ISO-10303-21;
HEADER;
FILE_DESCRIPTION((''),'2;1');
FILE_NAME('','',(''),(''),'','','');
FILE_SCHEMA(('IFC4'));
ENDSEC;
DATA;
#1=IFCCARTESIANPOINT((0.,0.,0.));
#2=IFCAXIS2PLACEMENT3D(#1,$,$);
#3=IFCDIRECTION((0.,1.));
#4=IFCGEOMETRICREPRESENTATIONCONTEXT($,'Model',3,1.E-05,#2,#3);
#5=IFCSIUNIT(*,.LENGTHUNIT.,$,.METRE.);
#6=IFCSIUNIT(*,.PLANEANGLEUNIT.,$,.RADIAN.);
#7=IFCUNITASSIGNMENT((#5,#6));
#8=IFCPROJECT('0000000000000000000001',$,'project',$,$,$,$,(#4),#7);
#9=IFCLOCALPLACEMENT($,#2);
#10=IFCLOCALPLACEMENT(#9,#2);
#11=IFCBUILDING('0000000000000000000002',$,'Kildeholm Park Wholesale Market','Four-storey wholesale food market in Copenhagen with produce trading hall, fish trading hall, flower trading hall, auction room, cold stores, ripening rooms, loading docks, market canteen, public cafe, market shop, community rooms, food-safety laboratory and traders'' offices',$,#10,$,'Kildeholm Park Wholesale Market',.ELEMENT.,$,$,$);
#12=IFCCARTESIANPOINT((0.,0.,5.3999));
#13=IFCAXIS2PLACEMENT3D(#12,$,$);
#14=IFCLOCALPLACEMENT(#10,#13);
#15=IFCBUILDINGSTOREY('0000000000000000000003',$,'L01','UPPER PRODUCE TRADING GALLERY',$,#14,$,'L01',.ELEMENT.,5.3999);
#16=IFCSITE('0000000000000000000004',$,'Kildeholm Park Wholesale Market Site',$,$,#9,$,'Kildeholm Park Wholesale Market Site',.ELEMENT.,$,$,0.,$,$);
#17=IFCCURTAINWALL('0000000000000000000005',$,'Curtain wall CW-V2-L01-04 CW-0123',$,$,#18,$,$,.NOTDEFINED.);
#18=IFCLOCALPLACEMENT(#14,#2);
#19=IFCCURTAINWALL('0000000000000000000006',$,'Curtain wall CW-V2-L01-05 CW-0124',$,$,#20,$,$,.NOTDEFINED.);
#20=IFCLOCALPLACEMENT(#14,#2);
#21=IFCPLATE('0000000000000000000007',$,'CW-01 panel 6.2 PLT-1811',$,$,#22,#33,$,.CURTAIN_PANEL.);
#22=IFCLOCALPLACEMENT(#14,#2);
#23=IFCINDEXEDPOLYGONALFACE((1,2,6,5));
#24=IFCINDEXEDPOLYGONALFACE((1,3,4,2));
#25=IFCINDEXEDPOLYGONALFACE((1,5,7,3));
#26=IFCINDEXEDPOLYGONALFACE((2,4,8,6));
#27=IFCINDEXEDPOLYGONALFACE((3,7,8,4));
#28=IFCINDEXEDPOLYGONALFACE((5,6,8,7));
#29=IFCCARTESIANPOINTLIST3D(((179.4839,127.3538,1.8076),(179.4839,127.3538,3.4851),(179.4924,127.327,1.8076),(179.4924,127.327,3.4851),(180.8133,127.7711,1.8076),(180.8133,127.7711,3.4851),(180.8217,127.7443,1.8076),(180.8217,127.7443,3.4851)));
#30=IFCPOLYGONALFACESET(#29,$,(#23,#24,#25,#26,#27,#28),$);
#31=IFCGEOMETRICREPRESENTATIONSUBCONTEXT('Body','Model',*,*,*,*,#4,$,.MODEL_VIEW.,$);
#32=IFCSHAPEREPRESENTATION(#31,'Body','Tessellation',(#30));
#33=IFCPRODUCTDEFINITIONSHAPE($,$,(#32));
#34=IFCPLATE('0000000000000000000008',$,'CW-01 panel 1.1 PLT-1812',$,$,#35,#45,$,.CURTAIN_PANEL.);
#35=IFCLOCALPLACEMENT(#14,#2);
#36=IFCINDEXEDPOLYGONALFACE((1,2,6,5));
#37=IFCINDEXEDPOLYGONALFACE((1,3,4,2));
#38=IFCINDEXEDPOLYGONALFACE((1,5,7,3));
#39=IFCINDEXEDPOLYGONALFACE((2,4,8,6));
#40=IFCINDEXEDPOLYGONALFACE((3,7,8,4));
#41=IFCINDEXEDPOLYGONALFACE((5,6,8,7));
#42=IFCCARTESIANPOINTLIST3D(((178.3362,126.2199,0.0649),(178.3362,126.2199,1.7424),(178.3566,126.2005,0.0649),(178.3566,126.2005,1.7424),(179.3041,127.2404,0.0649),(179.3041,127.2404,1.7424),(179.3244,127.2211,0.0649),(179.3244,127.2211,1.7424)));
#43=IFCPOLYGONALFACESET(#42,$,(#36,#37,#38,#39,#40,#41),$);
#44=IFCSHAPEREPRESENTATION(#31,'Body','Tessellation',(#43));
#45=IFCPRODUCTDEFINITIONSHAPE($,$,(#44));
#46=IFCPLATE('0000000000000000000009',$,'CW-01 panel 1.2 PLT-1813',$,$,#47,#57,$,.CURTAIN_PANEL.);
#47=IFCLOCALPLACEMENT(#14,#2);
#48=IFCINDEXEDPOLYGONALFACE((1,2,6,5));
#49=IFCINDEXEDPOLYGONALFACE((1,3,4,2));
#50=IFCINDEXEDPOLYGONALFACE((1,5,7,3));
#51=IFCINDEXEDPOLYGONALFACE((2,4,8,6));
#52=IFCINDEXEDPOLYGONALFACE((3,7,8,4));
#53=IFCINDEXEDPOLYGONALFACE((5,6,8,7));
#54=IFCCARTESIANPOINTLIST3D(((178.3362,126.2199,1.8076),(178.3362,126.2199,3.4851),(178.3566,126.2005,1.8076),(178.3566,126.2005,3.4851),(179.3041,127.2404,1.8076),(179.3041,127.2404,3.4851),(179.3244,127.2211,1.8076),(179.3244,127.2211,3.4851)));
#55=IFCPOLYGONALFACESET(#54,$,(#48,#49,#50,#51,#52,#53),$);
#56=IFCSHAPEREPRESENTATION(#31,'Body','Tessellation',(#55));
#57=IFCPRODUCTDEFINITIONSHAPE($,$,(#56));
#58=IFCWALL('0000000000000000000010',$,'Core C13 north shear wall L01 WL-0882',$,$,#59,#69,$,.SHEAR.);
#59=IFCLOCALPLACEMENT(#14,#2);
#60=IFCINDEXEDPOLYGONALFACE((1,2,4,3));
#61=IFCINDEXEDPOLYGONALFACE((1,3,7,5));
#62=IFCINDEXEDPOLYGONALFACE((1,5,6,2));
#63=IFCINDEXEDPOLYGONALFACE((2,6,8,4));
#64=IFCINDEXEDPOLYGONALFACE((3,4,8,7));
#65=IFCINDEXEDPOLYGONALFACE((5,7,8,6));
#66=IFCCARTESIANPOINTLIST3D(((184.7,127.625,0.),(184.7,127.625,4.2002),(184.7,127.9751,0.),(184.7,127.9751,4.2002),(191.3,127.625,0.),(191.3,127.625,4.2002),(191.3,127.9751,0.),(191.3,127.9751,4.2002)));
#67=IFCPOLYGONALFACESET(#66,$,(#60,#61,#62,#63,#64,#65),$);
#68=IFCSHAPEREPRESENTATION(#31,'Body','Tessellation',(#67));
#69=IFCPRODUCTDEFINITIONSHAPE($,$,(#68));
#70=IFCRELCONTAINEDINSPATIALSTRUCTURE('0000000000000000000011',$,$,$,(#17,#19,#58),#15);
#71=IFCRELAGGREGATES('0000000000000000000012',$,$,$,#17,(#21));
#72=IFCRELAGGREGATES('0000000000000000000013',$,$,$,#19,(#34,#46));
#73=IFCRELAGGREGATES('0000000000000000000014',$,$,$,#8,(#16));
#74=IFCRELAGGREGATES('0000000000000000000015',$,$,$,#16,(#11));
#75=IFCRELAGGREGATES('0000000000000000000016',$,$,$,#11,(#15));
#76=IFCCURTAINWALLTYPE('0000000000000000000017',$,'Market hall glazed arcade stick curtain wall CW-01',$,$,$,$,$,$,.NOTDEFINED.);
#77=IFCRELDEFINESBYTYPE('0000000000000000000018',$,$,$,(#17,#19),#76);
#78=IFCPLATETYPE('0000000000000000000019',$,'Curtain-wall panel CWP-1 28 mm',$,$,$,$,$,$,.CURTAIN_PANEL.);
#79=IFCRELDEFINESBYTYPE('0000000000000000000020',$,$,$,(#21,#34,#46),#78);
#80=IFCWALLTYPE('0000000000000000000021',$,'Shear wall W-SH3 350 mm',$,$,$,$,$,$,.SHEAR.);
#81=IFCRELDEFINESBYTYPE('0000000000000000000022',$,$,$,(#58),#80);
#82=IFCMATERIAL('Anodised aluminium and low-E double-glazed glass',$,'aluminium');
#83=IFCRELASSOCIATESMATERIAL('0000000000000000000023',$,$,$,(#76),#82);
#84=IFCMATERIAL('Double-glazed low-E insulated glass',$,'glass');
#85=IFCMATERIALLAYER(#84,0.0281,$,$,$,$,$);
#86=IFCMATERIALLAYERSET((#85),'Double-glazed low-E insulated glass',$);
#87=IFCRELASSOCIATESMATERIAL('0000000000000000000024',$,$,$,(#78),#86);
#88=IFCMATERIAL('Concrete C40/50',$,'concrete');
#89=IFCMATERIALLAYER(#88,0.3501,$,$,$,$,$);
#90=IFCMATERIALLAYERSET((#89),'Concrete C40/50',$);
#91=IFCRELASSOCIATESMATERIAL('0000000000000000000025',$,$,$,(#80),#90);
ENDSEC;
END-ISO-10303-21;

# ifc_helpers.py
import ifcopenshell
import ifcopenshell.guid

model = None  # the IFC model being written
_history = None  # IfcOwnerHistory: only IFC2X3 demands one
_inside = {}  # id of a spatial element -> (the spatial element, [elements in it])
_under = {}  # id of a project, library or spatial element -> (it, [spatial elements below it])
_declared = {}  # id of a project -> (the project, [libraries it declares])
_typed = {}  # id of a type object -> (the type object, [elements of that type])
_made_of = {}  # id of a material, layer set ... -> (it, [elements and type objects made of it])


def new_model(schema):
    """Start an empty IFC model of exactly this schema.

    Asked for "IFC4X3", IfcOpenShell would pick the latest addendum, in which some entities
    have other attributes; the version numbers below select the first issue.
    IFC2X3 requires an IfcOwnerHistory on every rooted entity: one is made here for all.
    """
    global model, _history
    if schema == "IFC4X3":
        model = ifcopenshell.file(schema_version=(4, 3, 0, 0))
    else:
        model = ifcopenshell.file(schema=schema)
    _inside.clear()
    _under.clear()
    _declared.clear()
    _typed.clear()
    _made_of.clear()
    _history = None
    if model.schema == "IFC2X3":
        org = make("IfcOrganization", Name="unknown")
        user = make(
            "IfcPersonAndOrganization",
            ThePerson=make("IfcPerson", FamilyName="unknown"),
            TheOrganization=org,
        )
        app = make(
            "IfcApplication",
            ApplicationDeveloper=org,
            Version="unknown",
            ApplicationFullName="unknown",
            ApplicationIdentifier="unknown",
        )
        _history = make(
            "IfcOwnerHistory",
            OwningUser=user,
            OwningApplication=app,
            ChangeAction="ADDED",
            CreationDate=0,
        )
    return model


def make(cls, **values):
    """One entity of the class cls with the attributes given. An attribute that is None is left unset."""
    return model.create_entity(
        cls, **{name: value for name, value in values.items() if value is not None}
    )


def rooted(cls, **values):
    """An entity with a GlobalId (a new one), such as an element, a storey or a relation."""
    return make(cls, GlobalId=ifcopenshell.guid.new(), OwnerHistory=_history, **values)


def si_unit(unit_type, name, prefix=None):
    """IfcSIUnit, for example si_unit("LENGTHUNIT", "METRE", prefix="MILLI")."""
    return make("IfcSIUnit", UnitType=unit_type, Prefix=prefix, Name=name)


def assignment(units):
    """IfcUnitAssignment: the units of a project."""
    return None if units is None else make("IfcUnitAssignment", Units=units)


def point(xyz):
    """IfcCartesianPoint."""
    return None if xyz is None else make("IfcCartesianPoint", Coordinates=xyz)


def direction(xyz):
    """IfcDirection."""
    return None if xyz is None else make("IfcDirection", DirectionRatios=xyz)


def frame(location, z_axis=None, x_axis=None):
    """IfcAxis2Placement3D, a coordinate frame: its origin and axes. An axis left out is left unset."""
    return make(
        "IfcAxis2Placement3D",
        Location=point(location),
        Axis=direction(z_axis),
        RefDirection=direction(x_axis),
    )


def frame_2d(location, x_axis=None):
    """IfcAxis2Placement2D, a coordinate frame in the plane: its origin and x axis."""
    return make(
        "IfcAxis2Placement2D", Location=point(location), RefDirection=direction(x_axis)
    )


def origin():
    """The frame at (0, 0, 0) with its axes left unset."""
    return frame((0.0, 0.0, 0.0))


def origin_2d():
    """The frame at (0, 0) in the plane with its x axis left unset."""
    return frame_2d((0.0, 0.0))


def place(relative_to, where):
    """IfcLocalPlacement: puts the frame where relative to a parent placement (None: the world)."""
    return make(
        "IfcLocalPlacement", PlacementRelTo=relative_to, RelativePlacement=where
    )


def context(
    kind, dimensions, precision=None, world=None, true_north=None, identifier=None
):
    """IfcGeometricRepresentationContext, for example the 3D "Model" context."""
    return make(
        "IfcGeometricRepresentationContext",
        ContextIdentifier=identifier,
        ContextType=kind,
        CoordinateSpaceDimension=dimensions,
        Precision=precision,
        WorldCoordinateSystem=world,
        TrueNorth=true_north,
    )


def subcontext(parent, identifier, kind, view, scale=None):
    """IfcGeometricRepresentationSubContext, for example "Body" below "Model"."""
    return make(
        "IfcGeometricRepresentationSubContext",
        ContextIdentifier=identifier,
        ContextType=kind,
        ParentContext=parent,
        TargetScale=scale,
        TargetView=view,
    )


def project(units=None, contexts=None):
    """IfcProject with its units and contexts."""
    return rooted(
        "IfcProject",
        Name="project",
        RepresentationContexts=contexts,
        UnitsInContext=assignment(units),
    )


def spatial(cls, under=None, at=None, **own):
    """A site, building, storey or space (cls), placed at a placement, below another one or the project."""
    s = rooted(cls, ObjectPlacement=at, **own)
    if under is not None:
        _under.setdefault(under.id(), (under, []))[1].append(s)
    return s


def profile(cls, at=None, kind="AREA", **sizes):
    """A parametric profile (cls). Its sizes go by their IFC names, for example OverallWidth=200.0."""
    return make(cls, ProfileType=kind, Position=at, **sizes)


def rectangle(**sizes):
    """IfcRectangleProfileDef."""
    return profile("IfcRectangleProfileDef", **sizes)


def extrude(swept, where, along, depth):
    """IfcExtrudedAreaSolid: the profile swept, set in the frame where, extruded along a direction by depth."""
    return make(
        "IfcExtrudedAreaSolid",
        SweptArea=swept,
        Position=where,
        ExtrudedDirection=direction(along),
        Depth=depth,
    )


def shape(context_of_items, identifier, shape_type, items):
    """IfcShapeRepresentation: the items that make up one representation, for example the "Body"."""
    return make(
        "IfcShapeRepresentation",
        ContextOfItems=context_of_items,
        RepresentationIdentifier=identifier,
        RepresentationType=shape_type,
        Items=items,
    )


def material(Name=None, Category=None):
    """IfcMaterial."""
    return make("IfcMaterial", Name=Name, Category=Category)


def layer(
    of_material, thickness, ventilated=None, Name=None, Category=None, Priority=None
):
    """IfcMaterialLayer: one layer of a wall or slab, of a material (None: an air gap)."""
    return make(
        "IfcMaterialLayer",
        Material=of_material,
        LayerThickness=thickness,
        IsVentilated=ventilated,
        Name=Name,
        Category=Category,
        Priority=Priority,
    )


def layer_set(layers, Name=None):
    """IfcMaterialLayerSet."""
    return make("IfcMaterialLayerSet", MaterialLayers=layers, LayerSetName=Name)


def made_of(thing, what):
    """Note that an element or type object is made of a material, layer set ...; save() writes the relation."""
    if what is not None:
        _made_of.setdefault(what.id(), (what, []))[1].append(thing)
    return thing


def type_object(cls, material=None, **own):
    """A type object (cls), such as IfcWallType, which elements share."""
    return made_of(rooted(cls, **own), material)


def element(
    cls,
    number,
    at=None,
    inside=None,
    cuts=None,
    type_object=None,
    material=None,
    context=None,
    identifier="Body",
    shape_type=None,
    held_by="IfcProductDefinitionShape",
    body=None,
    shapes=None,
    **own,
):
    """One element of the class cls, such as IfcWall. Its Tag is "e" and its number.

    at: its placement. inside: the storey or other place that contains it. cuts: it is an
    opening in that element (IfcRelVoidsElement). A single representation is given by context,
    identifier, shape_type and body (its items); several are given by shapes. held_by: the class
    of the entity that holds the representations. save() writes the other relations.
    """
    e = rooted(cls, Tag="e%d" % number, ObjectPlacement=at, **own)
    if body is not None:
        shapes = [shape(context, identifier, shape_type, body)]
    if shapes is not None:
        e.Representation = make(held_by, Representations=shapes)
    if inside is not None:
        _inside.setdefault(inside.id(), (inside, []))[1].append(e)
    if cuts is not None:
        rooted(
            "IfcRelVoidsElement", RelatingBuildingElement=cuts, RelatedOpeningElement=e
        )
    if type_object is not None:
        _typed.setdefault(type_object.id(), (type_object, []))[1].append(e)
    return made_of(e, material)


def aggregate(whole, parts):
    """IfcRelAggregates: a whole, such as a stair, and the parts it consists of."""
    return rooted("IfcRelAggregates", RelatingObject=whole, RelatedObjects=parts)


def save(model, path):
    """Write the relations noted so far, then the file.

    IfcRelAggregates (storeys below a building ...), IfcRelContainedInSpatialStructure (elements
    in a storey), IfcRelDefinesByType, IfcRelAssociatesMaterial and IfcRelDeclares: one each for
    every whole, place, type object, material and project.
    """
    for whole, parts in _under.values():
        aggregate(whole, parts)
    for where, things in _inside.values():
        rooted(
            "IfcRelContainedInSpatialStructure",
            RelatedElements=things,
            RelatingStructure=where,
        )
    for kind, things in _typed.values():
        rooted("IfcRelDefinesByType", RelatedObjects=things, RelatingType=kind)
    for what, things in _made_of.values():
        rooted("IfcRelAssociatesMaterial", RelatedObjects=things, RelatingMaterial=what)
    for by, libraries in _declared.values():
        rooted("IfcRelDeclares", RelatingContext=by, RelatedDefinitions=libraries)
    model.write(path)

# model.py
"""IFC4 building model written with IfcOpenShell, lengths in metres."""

from ifc_helpers import new_model, si_unit, direction, frame, frame_2d, origin, origin_2d, place, context, subcontext, project, spatial, rectangle, extrude, material, layer, layer_set, type_object, element, aggregate, save


model = new_model("IFC4")

# Units and contexts
model_context = context("Model", 3, precision=1e-05, world=origin(), true_north=direction((0.0, 1.0)))
body_context = subcontext(model_context, "Body", "Model", "MODEL_VIEW")
ifc_project = project(units=[si_unit("LENGTHUNIT", "METRE"), si_unit("PLANEANGLEUNIT", "RADIAN")], contexts=[model_context])

# Site, building, storey
site_placement = place(None, origin())
site = spatial("IfcSite", under=ifc_project, at=site_placement, Name="Kildeholm Park Wholesale Market Site", LongName="Kildeholm Park Wholesale Market Site", CompositionType="ELEMENT", RefElevation=0.0)
building_placement = place(site_placement, origin())
building = spatial("IfcBuilding", under=site, at=building_placement, Name="Kildeholm Park Wholesale Market", Description="Four-storey wholesale food market in Copenhagen with produce trading hall, fish trading hall, flower trading hall, auction room, cold stores, ripening rooms, loading docks, market canteen, public cafe, market shop, community rooms, food-safety laboratory and traders' offices", LongName="Kildeholm Park Wholesale Market", CompositionType="ELEMENT")
storey_placement = place(building_placement, frame((0.0, 0.0, 5.3999)))
storey = spatial("IfcBuildingStorey", under=building, at=storey_placement, Name="L01", Description="UPPER PRODUCE TRADING GALLERY", LongName="L01", CompositionType="ELEMENT", Elevation=5.3999)

# Curtain wall
ifc_material_1 = material(Name="Anodised aluminium and low-E double-glazed glass", Category="aluminium")
curtain_wall_type = type_object("IfcCurtainWallType", Name="Market hall glazed arcade stick curtain wall CW-01", PredefinedType="NOTDEFINED", material=ifc_material_1)
curtain_wall_1_placement = place(storey_placement, origin())
curtain_wall_1 = element("IfcCurtainWall", 1, at=curtain_wall_1_placement, inside=storey, type_object=curtain_wall_type, Name="Curtain wall CW-V2-L01-04 CW-0123", PredefinedType="NOTDEFINED")

# Curtain wall
curtain_wall_2_placement = place(storey_placement, origin())
curtain_wall_2 = element("IfcCurtainWall", 2, at=curtain_wall_2_placement, inside=storey, type_object=curtain_wall_type, Name="Curtain wall CW-V2-L01-05 CW-0124", PredefinedType="NOTDEFINED")

# Plates
ifc_material_2 = material(Name="Double-glazed low-E insulated glass", Category="glass")
ifc_layer_1 = layer(ifc_material_2, 0.0281)
ifc_layer_set_1 = layer_set([ifc_layer_1], Name="Double-glazed low-E insulated glass")
plate_type = type_object("IfcPlateType", Name="Curtain-wall panel CWP-1 28 mm", PredefinedType="CURTAIN_PANEL", material=ifc_layer_set_1)
plate_1_placement = place(storey_placement, frame((180.1528, 127.5491, 1.8076), z_axis=(0.0, 0.0, 1.0), x_axis=(-0.954103, -0.299478, 0.0)))
plate_1 = element("IfcPlate", 3, at=plate_1_placement, type_object=plate_type, Name="CW-01 panel 6.2 PLT-1811", PredefinedType="CURTAIN_PANEL", context=body_context, shape_type="SweptSolid", body=[
    extrude(rectangle(XDim=1.3933, YDim=0.0281, at=origin_2d()), origin(), (0.0, 0.0, 1.0), 1.6775),
])
aggregate(curtain_wall_1, [plate_1])
plate_2_placement = place(storey_placement, frame((178.8303, 126.7205, 0.0649), z_axis=(0.0, 0.0, 1.0), x_axis=(-0.688148, -0.725571, 0.0)))
plate_2 = element("IfcPlate", 4, at=plate_2_placement, type_object=plate_type, Name="CW-01 panel 1.1 PLT-1812", PredefinedType="CURTAIN_PANEL", context=body_context, shape_type="SweptSolid", body=[
    extrude(rectangle(XDim=1.4065, YDim=0.0281, at=origin_2d()), origin(), (0.0, 0.0, 1.0), 1.6775),
])
plate_3_placement = place(storey_placement, frame((178.8303, 126.7205, 1.8076), z_axis=(0.0, 0.0, 1.0), x_axis=(-0.688148, -0.725571, 0.0)))
plate_3 = element("IfcPlate", 5, at=plate_3_placement, type_object=plate_type, Name="CW-01 panel 1.2 PLT-1813", PredefinedType="CURTAIN_PANEL", context=body_context, shape_type="SweptSolid", body=[
    extrude(rectangle(XDim=1.4065, YDim=0.0281, at=origin_2d()), origin(), (0.0, 0.0, 1.0), 1.6775),
])
aggregate(curtain_wall_2, [plate_2, plate_3])

# Wall
ifc_material_3 = material(Name="Concrete C40/50", Category="concrete")
ifc_layer_2 = layer(ifc_material_3, 0.3501)
ifc_layer_set_2 = layer_set([ifc_layer_2], Name="Concrete C40/50")
wall_type = type_object("IfcWallType", Name="Shear wall W-SH3 350 mm", PredefinedType="SHEAR", material=ifc_layer_set_2)
wall_placement = place(storey_placement, frame((184.7, 127.8, 0.0), z_axis=(0.0, 0.0, 1.0), x_axis=(1.0, 0.0, 0.0)))
element("IfcWall", 6, at=wall_placement, inside=storey, type_object=wall_type, Name="Core C13 north shear wall L01 WL-0882", PredefinedType="SHEAR", context=body_context, shape_type="SweptSolid", body=[
    extrude(rectangle(XDim=6.6001, YDim=0.3501, at=frame_2d((3.3, 0.0))), origin(), (0.0, 0.0, 1.0), 4.2002),
])

save(model, "model.ifc")
